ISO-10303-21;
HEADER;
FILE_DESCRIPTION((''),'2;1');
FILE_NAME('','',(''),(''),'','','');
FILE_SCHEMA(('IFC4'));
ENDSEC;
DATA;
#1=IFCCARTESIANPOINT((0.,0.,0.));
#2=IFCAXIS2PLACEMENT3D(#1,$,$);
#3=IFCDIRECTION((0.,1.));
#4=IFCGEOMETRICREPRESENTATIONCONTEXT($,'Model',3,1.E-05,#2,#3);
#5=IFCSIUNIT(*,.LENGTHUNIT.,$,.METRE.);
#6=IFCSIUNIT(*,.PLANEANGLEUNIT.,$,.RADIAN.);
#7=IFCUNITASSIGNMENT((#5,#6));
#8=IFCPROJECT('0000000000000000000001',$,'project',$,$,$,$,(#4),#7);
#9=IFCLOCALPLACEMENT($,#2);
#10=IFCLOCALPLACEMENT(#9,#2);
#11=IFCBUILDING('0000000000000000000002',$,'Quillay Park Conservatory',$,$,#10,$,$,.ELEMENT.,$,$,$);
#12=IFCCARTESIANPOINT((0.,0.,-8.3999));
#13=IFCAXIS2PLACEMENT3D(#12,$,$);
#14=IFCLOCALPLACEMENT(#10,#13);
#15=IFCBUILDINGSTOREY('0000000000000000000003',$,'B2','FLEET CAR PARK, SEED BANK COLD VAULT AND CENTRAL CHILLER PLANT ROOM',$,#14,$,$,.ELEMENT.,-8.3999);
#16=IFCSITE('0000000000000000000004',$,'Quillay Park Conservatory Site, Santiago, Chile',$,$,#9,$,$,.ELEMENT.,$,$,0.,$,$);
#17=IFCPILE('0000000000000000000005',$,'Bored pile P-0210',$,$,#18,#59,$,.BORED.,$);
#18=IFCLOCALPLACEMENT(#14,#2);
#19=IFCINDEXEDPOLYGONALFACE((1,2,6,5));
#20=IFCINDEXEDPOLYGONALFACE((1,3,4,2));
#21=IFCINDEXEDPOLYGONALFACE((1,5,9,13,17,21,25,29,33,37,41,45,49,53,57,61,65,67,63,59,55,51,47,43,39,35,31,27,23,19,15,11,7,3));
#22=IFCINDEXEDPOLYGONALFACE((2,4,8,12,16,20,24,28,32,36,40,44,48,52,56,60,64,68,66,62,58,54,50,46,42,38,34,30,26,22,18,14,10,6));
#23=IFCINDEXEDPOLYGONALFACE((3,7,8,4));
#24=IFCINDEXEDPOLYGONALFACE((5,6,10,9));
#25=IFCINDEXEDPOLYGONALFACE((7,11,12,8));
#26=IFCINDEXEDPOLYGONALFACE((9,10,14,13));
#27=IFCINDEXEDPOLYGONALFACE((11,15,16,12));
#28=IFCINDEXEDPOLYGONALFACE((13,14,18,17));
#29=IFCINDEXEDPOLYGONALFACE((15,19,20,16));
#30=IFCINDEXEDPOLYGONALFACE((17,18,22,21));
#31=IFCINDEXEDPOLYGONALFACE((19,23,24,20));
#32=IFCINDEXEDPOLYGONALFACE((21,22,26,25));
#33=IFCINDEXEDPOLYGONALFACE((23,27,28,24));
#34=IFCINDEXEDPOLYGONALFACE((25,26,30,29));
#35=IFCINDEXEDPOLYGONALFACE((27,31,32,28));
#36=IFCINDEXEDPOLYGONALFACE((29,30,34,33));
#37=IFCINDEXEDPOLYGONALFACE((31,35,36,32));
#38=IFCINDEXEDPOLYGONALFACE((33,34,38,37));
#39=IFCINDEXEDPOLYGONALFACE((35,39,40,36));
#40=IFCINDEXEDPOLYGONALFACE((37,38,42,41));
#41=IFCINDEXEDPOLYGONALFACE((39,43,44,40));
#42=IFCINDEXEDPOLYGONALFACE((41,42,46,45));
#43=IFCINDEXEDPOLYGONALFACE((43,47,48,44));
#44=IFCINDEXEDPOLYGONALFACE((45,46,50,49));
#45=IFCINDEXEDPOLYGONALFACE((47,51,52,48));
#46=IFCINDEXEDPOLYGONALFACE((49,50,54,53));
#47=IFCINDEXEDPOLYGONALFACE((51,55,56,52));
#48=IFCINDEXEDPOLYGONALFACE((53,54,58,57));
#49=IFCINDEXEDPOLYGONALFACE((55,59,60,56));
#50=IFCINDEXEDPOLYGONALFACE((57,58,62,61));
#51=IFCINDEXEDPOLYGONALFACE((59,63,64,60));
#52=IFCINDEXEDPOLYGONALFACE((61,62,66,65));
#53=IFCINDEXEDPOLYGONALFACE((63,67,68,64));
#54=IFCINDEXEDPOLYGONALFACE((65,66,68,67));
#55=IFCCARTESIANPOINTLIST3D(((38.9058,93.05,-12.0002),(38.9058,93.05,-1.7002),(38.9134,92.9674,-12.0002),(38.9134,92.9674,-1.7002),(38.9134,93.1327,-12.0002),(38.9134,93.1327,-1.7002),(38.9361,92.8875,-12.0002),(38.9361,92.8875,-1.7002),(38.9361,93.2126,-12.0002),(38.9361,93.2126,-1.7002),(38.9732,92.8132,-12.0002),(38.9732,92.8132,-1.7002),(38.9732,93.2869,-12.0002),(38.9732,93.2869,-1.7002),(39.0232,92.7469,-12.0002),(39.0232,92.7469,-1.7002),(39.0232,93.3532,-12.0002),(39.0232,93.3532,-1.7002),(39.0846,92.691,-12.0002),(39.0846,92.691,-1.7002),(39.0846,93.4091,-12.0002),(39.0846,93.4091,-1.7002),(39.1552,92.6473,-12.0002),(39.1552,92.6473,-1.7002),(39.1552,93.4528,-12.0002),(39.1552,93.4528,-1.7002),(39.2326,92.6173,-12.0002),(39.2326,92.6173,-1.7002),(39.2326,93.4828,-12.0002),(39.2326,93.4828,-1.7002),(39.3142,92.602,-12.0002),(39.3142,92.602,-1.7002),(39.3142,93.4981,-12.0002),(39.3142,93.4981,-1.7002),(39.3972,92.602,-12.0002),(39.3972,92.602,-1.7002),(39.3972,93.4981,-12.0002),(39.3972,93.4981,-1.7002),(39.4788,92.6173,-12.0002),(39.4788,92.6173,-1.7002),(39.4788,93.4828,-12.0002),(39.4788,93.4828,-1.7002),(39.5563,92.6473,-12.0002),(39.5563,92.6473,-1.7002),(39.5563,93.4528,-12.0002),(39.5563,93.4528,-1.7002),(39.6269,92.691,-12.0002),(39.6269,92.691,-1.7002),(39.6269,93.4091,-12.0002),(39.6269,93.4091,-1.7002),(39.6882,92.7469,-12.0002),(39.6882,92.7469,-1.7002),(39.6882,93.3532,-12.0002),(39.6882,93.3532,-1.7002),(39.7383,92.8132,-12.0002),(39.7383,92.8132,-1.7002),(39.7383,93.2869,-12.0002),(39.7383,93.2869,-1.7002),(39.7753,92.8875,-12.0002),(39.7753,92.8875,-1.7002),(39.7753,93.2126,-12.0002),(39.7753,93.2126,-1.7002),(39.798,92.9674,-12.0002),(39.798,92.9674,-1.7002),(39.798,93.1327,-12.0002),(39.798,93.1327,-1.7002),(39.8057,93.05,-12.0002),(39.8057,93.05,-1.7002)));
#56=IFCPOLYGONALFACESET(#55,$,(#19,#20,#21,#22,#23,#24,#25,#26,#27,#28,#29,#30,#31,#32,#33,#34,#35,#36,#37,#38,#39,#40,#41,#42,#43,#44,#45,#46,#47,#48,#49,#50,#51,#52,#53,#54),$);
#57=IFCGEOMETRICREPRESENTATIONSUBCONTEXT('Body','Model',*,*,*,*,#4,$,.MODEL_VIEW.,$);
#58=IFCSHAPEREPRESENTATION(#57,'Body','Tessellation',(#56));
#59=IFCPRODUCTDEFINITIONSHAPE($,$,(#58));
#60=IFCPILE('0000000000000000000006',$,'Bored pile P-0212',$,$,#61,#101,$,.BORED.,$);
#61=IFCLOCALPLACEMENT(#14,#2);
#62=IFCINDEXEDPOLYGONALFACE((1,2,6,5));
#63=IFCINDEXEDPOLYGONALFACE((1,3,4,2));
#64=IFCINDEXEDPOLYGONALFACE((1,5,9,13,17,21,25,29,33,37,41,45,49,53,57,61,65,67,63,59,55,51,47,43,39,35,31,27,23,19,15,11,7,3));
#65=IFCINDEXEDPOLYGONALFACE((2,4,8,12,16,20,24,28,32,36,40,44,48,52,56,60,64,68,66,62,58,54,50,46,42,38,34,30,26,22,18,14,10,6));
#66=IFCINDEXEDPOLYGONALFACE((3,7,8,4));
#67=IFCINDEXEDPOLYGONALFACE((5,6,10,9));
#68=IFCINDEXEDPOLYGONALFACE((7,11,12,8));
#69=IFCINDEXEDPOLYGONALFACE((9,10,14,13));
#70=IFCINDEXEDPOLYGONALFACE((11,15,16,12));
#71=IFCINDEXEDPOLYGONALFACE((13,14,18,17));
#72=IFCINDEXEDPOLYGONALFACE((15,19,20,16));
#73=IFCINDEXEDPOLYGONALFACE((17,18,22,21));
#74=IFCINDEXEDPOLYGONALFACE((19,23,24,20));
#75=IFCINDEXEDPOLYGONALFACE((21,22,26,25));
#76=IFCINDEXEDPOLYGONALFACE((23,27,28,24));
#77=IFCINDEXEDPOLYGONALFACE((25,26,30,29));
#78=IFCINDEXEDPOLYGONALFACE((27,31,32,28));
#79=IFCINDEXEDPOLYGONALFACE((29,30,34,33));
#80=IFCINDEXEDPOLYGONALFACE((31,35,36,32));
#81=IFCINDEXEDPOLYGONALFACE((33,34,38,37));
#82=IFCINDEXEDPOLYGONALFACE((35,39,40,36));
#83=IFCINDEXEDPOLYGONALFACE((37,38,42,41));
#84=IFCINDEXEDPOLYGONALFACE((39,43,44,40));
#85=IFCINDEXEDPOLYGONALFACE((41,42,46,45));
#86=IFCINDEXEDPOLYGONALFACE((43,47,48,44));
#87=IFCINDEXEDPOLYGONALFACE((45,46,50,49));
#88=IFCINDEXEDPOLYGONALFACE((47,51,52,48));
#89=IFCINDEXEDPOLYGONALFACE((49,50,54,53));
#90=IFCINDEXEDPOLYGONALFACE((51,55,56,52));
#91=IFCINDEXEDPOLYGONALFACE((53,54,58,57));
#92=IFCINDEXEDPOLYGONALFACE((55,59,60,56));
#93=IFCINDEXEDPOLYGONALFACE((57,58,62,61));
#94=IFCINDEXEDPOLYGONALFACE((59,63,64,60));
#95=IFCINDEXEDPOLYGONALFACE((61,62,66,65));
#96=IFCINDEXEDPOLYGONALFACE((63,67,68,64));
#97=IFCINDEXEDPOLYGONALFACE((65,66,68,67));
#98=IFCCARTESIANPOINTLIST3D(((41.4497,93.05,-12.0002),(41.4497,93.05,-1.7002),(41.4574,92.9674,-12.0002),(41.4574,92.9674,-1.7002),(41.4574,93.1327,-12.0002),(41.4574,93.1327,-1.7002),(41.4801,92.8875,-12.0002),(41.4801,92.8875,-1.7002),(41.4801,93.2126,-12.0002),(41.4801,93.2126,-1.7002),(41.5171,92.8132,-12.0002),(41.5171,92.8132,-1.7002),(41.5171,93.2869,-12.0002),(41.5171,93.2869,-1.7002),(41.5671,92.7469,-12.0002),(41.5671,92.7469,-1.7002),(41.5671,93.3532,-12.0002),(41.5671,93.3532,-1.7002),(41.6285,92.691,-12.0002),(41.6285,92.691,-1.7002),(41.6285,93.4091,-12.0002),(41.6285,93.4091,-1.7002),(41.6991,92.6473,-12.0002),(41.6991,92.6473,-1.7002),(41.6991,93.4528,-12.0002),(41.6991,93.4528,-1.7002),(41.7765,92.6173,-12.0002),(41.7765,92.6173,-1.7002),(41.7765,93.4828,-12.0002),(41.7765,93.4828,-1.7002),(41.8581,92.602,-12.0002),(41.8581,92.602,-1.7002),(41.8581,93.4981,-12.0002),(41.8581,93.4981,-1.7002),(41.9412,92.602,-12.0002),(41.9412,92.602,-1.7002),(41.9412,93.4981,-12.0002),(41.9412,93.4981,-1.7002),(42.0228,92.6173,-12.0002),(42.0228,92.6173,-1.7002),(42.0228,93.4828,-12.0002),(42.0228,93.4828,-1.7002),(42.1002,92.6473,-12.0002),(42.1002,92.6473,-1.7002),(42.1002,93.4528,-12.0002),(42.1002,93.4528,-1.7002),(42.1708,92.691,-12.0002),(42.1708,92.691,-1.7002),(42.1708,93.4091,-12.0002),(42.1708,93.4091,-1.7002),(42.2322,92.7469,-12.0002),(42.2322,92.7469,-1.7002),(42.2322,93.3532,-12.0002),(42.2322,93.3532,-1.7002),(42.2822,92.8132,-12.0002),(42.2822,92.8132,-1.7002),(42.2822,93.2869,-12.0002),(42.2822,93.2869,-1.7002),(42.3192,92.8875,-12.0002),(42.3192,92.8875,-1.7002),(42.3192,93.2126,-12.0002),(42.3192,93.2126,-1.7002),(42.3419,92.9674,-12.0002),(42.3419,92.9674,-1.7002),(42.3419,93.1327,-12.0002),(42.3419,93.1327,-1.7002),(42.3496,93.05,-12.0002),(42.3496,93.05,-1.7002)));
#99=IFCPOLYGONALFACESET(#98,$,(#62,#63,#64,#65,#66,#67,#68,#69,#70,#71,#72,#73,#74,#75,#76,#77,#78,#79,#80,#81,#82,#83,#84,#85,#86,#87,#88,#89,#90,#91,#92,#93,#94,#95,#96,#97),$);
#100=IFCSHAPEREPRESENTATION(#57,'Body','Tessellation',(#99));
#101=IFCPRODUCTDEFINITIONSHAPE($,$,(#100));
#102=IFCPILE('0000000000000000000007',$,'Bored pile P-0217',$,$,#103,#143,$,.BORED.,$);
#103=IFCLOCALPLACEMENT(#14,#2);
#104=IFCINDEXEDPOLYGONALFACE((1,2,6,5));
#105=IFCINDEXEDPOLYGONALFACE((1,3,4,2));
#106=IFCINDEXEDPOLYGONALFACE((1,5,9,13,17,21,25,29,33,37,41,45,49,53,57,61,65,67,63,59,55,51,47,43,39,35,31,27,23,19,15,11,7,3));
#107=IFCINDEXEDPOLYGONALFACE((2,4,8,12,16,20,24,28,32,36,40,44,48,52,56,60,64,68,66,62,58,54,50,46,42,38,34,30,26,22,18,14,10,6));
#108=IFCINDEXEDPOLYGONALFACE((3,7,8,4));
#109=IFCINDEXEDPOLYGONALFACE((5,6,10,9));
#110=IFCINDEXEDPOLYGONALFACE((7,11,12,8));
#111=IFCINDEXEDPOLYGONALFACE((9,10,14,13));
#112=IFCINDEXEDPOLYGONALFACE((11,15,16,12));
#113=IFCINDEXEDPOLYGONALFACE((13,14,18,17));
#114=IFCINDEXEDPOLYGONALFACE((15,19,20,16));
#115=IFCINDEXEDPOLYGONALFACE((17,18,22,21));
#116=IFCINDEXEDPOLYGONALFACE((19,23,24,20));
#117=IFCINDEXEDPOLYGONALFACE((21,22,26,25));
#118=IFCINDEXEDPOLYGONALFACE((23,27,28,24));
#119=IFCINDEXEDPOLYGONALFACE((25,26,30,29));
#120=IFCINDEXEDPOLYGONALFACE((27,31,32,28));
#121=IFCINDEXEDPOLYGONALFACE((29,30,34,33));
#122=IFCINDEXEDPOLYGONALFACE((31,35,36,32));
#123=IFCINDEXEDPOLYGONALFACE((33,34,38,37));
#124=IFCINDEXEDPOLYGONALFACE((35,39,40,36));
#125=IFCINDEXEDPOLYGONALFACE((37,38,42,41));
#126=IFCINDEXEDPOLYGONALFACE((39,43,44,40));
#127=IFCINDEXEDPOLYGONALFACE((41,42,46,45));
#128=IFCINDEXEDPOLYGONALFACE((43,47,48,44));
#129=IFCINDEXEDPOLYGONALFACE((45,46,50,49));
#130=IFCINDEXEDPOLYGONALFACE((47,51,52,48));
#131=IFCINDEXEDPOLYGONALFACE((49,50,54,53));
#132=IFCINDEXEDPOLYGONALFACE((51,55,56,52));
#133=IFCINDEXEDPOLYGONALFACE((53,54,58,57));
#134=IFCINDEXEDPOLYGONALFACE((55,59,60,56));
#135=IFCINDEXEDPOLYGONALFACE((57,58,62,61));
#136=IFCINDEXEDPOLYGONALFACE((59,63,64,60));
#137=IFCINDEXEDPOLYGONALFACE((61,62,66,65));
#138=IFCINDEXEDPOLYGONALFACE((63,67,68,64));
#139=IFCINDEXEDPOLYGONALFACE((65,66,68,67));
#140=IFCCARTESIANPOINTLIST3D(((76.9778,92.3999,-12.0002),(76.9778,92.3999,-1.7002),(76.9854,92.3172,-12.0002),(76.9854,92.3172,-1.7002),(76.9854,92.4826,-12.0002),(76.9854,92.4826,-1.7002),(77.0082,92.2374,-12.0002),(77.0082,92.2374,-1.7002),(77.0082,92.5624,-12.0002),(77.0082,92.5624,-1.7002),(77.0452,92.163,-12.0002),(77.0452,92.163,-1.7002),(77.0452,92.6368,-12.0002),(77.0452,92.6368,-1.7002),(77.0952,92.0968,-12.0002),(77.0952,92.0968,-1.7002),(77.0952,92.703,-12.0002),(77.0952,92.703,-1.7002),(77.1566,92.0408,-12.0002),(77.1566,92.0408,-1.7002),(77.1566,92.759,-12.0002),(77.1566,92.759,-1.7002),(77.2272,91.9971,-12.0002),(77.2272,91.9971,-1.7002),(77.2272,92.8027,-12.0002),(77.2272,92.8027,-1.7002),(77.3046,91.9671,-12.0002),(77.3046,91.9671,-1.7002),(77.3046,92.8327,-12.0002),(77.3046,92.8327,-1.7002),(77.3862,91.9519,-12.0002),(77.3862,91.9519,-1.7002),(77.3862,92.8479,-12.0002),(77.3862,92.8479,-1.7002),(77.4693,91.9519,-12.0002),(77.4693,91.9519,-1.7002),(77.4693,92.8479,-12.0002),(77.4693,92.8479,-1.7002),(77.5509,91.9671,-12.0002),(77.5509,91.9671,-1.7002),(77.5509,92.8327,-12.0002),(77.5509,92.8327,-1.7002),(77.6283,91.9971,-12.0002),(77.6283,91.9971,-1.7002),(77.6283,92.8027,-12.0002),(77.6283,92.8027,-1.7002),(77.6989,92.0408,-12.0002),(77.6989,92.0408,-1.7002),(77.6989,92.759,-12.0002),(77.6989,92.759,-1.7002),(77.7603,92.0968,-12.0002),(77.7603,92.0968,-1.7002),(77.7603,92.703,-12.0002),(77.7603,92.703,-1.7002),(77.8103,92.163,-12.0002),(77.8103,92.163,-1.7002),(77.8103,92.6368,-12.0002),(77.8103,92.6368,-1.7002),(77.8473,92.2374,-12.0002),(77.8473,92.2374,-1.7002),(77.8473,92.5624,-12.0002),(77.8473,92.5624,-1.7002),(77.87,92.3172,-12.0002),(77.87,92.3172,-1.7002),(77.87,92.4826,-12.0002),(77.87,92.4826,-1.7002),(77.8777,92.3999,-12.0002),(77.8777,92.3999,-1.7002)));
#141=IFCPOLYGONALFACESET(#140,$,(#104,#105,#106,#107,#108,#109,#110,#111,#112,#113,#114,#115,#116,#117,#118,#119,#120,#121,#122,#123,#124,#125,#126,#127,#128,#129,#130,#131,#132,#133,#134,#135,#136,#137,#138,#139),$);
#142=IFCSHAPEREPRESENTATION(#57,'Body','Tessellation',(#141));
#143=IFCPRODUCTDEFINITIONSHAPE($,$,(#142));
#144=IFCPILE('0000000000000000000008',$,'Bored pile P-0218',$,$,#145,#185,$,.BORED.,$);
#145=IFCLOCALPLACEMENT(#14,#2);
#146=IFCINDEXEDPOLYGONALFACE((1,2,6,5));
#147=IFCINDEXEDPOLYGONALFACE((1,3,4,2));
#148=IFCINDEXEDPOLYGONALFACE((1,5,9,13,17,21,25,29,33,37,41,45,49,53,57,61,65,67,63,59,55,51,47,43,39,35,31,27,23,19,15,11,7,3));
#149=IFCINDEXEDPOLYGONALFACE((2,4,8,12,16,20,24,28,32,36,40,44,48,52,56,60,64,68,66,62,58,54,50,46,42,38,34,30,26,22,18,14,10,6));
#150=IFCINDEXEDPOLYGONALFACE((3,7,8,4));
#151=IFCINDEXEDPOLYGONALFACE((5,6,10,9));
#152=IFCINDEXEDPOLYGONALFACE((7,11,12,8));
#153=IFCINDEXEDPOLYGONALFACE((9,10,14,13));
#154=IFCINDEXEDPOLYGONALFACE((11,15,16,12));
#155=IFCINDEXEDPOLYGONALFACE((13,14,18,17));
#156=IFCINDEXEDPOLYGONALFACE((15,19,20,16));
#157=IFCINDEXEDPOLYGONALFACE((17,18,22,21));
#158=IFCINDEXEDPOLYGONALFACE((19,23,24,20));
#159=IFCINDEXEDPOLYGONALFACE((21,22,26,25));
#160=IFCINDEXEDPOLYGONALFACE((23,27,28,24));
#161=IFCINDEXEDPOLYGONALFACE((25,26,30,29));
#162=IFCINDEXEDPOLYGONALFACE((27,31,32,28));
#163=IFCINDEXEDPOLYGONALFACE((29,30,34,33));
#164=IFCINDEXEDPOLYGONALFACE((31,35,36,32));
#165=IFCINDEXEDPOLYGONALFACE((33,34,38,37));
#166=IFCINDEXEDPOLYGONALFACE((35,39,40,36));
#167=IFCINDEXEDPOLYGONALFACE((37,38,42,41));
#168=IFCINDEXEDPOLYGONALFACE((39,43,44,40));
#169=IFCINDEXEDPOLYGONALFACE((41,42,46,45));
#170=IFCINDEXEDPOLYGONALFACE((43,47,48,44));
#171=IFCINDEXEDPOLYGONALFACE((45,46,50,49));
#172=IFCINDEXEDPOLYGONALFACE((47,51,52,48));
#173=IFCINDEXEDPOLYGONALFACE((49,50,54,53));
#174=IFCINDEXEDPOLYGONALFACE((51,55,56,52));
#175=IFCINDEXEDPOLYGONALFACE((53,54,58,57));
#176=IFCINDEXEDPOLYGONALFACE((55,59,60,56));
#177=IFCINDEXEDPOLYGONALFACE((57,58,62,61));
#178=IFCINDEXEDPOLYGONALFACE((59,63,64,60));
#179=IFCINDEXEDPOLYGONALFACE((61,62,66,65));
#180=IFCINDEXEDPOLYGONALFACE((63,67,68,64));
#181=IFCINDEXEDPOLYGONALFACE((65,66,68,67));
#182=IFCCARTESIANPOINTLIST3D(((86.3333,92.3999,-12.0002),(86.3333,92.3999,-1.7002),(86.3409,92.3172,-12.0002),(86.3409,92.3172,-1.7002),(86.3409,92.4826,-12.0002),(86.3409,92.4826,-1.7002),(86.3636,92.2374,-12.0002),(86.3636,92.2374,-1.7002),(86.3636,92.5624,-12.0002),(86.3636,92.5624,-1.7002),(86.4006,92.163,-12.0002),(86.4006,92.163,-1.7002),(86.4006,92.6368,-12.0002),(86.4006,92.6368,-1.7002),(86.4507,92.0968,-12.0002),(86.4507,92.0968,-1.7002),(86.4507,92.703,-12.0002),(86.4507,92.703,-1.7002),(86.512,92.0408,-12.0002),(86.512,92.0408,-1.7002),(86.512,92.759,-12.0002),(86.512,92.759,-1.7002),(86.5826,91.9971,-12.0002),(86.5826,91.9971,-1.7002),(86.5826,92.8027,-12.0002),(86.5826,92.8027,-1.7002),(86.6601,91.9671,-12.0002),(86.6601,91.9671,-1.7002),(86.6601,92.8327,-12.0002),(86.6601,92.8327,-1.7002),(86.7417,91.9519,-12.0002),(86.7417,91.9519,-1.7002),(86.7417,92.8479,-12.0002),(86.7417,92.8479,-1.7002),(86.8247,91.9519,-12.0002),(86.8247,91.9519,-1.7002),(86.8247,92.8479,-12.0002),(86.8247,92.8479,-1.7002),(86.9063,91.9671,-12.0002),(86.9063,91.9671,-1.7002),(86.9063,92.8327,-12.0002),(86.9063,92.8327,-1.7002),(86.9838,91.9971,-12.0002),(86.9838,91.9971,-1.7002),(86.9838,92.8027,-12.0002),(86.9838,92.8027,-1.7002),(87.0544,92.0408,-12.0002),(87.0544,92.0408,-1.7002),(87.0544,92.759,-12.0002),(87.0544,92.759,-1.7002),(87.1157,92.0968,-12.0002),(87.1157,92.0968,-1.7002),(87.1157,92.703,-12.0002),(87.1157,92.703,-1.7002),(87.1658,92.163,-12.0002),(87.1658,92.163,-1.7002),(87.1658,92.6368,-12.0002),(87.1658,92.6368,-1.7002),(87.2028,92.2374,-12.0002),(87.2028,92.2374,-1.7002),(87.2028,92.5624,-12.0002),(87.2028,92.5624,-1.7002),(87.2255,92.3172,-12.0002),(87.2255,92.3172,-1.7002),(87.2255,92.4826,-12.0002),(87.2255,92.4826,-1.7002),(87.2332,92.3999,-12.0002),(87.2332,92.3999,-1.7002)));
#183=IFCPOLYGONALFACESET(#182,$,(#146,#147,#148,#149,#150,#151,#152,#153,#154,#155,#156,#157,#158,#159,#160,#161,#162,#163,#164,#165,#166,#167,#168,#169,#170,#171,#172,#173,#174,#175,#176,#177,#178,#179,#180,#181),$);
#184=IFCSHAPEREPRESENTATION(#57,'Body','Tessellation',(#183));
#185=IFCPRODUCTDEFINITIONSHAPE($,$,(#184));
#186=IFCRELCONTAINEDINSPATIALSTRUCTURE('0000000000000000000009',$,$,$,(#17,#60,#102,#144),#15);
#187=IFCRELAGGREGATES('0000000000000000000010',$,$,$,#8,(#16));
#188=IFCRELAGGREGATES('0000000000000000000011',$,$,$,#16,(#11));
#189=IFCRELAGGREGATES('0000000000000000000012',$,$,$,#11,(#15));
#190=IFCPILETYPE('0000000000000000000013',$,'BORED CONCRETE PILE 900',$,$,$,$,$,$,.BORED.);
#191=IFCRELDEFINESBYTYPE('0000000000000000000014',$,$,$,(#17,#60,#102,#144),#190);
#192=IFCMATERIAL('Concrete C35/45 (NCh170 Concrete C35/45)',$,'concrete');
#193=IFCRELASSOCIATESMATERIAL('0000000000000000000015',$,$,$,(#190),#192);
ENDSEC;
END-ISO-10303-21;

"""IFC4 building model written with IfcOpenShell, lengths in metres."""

from ifc_helpers import new_model, si_unit, direction, frame, origin, origin_2d, place, context, subcontext, project, spatial, circle, extrude, material, material_profile, profile_set, type_object, element, save


model = new_model("IFC4")

# Units and contexts
model_context = context("Model", 3, precision=1e-05, world=origin(), true_north=direction((0.0, 1.0)))
body_context = subcontext(model_context, "Body", "Model", "MODEL_VIEW")
ifc_project = project(units=[si_unit("LENGTHUNIT", "METRE"), si_unit("PLANEANGLEUNIT", "RADIAN")], contexts=[model_context])

# Site, building, storey
site_placement = place(None, origin())
site = spatial("IfcSite", under=ifc_project, at=site_placement, Name="Quillay Park Conservatory Site, Santiago, Chile", CompositionType="ELEMENT", RefElevation=0.0)
building_placement = place(site_placement, origin())
building = spatial("IfcBuilding", under=site, at=building_placement, Name="Quillay Park Conservatory", CompositionType="ELEMENT")
storey_placement = place(building_placement, frame((0.0, 0.0, -8.3999)))
storey = spatial("IfcBuildingStorey", under=building, at=storey_placement, Name="B2", Description="FLEET CAR PARK, SEED BANK COLD VAULT AND CENTRAL CHILLER PLANT ROOM", CompositionType="ELEMENT", Elevation=-8.3999)

# Piles
ifc_material_1 = material(Name="Concrete C35/45 (NCh170 Concrete C35/45)", Category="concrete")
ifc_material_profile_1 = material_profile(ifc_material_1, circle(Radius=0.45, at=origin_2d()), Name="PILE900")
ifc_profile_set_1 = profile_set([ifc_material_profile_1], Name="Concrete C35/45 (NCh170 Concrete C35/45)")
pile_type_1 = type_object("IfcPileType", Name="BORED CONCRETE PILE 900", PredefinedType="BORED", material=ifc_profile_set_1)
for number, where, z_axis, x_axis, name in (
    (1, (39.3557, 93.05, -1.7002), (0.0, 0.0, -1.0), (1.0, 0.0, 0.0), "Bored pile P-0210"),
    (2, (41.8997, 93.05, -1.7002), (0.0, 0.0, -1.0), (1.0, 0.0, 0.0), "Bored pile P-0212"),
    (3, (77.4277, 92.3999, -1.7002), (0.0, 0.0, -1.0), (1.0, 0.0, 0.0), "Bored pile P-0217"),
    (4, (86.7832, 92.3999, -1.7002), (0.0, 0.0, -1.0), (1.0, 0.0, 0.0), "Bored pile P-0218"),
):
    element("IfcPile", number, at=place(storey_placement, frame(where, z_axis=z_axis, x_axis=x_axis)), inside=storey, type_object=pile_type_1, Name=name, PredefinedType="BORED", context=body_context, shape_type="SweptSolid", body=[
        extrude(circle(Radius=0.45, at=origin_2d()), origin(), (0.0, 0.0, 1.0), 10.3),
    ])

save(model, "model.ifc")
